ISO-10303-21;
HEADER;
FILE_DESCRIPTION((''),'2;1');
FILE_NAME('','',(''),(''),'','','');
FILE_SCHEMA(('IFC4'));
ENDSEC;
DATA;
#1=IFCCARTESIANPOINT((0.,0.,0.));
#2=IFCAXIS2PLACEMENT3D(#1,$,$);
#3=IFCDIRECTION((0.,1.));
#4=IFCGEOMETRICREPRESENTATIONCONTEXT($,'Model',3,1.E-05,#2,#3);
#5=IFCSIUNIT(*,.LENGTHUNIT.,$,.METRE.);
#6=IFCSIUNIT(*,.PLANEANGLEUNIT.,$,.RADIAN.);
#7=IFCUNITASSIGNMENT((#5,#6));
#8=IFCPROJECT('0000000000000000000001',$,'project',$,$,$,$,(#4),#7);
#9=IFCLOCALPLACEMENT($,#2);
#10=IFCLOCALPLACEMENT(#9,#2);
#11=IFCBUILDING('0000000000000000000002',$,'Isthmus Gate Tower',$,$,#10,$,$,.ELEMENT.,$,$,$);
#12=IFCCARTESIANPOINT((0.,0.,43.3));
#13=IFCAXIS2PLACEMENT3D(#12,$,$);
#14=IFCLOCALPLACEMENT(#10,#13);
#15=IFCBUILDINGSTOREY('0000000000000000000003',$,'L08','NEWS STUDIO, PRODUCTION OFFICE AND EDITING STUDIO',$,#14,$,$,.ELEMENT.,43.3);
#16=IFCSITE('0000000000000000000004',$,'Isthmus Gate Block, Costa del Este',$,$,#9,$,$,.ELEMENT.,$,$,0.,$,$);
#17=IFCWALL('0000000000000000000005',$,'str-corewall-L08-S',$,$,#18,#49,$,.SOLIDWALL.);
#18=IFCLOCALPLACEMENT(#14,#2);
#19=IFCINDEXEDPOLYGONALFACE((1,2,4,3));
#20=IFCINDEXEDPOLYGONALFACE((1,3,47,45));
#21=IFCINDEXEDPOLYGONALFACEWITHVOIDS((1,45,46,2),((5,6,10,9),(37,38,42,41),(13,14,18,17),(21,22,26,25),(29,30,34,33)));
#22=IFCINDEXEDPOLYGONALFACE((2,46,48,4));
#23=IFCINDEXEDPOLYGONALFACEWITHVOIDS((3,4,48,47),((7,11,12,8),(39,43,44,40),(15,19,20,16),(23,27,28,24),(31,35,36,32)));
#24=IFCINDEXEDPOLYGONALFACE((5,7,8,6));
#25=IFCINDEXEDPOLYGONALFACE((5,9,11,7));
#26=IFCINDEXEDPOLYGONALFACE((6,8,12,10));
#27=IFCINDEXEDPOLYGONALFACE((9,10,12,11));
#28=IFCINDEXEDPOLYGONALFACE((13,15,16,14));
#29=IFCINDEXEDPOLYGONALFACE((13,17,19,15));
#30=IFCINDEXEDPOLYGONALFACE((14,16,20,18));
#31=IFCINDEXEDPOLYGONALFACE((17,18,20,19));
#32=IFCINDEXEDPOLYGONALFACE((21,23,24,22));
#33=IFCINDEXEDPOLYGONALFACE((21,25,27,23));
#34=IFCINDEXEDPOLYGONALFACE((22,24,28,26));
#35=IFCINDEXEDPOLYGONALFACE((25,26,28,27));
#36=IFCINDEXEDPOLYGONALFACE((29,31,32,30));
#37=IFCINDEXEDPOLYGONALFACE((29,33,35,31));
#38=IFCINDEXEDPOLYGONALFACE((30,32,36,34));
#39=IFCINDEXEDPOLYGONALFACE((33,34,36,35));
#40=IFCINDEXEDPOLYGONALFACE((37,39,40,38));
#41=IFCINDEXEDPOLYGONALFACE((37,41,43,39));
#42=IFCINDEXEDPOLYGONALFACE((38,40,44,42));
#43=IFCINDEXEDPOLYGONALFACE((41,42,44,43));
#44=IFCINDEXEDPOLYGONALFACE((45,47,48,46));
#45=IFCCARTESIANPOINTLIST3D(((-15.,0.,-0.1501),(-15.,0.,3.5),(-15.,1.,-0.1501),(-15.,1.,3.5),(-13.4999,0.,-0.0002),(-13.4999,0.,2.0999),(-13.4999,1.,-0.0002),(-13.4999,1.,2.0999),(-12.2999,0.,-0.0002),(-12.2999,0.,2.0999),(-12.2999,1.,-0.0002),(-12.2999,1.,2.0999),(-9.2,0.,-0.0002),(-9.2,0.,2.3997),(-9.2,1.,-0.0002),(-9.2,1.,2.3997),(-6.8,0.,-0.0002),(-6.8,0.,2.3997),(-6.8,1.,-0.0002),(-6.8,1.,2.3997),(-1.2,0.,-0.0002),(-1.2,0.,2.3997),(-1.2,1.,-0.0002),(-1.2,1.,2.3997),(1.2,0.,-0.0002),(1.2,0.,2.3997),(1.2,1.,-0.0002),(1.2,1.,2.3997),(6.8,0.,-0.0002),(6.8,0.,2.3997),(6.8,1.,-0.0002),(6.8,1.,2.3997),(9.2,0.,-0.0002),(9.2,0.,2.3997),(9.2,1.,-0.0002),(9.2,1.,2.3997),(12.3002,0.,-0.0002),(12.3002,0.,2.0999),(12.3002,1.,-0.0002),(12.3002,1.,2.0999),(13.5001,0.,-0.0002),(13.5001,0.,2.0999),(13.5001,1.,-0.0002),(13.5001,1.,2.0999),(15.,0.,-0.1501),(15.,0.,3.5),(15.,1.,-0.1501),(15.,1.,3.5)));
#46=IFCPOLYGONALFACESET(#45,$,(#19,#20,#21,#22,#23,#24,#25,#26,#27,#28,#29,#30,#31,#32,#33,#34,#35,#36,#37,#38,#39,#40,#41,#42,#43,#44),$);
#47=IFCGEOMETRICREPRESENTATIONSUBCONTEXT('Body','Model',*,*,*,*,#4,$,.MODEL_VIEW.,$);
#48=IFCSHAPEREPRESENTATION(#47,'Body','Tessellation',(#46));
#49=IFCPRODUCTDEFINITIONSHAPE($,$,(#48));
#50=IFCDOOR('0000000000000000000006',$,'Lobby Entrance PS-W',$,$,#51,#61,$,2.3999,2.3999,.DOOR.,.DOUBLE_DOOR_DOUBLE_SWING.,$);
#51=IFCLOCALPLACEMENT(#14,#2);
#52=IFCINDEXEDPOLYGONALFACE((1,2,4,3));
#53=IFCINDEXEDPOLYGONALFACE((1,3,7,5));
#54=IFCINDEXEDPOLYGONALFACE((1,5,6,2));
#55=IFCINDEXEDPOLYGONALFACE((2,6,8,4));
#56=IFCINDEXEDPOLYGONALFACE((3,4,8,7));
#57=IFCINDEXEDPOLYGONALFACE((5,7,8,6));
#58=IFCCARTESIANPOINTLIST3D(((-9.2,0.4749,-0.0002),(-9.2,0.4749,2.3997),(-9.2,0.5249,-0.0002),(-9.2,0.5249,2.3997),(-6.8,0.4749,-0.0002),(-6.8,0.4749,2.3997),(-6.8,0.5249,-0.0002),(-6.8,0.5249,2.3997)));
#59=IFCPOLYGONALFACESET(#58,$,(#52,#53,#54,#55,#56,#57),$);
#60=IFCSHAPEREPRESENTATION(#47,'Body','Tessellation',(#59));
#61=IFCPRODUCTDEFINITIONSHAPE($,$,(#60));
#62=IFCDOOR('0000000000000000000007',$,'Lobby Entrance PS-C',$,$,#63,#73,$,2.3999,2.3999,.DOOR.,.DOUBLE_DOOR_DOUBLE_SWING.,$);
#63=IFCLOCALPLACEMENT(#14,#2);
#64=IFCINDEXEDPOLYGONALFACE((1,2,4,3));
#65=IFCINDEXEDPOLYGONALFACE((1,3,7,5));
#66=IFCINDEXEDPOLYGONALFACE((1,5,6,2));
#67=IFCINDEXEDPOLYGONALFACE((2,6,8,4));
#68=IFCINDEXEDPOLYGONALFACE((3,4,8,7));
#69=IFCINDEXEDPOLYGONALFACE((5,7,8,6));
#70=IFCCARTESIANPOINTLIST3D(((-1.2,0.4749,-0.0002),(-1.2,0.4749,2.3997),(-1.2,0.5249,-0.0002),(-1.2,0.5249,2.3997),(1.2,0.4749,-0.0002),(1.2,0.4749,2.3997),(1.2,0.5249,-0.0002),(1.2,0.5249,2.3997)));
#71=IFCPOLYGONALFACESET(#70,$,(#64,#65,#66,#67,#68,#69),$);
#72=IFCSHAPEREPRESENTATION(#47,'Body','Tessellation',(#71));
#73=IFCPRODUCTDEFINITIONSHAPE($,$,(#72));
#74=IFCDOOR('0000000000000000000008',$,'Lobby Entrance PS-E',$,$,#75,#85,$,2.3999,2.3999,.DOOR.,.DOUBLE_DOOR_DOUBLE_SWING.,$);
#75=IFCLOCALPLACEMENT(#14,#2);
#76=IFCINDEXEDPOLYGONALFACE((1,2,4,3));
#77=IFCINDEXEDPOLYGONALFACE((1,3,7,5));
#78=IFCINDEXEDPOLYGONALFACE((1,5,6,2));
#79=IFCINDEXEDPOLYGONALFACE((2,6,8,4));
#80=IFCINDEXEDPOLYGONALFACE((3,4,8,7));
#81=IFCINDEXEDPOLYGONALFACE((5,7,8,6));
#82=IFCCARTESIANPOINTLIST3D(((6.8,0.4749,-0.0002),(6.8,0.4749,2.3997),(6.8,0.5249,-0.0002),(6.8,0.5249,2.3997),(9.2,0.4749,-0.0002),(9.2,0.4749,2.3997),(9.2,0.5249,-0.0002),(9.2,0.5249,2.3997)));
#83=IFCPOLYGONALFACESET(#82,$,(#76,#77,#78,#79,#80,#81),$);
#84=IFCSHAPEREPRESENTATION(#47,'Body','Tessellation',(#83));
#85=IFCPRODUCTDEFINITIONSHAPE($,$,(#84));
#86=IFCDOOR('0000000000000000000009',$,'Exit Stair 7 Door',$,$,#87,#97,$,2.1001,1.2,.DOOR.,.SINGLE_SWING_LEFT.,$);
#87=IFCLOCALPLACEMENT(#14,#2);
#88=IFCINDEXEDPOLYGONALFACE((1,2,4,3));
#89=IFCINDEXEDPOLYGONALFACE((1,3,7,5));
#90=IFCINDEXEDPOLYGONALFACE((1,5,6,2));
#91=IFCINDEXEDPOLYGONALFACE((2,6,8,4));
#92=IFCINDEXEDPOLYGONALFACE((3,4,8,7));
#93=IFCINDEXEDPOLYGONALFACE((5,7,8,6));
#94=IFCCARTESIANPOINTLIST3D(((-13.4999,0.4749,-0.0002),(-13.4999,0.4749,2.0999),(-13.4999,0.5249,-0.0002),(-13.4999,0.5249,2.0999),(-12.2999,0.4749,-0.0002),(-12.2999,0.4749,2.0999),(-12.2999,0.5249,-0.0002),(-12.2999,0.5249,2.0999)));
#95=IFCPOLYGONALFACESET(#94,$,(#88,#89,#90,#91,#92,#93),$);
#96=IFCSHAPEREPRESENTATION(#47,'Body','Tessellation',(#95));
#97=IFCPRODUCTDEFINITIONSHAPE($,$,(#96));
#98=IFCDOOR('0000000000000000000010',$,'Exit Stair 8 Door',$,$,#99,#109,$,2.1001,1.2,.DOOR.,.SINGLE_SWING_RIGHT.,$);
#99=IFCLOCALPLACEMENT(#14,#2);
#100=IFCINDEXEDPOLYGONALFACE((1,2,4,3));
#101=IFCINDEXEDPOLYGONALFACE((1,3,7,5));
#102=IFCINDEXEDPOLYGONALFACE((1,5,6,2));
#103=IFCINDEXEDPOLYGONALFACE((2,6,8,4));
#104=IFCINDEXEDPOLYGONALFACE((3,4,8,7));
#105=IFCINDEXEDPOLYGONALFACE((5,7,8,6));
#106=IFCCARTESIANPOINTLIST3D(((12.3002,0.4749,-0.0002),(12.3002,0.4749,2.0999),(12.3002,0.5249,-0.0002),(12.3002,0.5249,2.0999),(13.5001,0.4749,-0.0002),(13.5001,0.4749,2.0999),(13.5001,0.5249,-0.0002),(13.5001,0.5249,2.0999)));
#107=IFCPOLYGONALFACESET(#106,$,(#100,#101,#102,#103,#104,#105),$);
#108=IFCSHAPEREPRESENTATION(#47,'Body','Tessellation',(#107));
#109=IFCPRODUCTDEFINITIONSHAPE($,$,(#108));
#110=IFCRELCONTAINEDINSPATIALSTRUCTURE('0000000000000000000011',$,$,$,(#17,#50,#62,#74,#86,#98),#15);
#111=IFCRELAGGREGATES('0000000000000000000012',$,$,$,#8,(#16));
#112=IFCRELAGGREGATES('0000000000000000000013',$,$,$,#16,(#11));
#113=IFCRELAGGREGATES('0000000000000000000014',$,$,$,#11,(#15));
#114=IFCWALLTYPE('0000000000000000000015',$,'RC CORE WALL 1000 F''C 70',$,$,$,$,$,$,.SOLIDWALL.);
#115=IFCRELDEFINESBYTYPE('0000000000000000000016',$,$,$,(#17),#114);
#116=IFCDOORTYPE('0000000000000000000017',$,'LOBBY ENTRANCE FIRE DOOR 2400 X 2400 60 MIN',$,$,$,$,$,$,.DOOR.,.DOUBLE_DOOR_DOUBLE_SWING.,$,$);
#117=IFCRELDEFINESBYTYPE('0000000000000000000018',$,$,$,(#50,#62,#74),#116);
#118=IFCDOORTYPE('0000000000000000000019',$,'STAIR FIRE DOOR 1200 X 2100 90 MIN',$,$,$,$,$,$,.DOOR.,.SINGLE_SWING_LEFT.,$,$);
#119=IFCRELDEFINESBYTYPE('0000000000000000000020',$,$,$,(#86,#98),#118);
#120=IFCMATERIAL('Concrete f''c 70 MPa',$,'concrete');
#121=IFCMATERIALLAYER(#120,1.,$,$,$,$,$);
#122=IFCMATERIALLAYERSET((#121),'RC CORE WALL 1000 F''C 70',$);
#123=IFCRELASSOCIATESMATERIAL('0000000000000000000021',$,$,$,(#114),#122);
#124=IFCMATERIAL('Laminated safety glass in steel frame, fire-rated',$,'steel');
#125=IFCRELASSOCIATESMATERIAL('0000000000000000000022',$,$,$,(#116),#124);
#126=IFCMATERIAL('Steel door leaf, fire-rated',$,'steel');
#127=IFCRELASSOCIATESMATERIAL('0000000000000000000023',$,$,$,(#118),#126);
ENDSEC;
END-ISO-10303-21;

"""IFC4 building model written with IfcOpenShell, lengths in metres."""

from ifc_helpers import new_model, si_unit, direction, frame, frame_2d, origin, place, context, subcontext, project, spatial, rectangle, extrude, material, layer, layer_set, type_object, element, fill, save


model = new_model("IFC4")

# Units and contexts
model_context = context("Model", 3, precision=1e-05, world=origin(), true_north=direction((0.0, 1.0)))
body_context = subcontext(model_context, "Body", "Model", "MODEL_VIEW")
ifc_project = project(units=[si_unit("LENGTHUNIT", "METRE"), si_unit("PLANEANGLEUNIT", "RADIAN")], contexts=[model_context])

# Site, building, storey
site_placement = place(None, origin())
site = spatial("IfcSite", under=ifc_project, at=site_placement, Name="Isthmus Gate Block, Costa del Este", CompositionType="ELEMENT", RefElevation=0.0)
building_placement = place(site_placement, origin())
building = spatial("IfcBuilding", under=site, at=building_placement, Name="Isthmus Gate Tower", CompositionType="ELEMENT")
storey_placement = place(building_placement, frame((0.0, 0.0, 43.3)))
storey = spatial("IfcBuildingStorey", under=building, at=storey_placement, Name="L08", Description="NEWS STUDIO, PRODUCTION OFFICE AND EDITING STUDIO", CompositionType="ELEMENT", Elevation=43.3)

# Wall, openings, doors
ifc_material_1 = material(Name="Concrete f'c 70 MPa", Category="concrete")
ifc_layer_1 = layer(ifc_material_1, 1.0)
ifc_layer_set_1 = layer_set([ifc_layer_1], Name="RC CORE WALL 1000 F'C 70")
wall_type_1 = type_object("IfcWallType", Name="RC CORE WALL 1000 F'C 70", PredefinedType="SOLIDWALL", material=ifc_layer_set_1)
wall_1_placement = place(storey_placement, frame((-15.0, 0.5, -0.1501), z_axis=(0.0, 0.0, 1.0), x_axis=(1.0, 0.0, 0.0)))
wall_1 = element("IfcWall", 1, at=wall_1_placement, inside=storey, type_object=wall_type_1, Name="str-corewall-L08-S", PredefinedType="SOLIDWALL", context=body_context, shape_type="SweptSolid", body=[
    extrude(rectangle(XDim=30.0, YDim=1.0, at=frame_2d((15.0, 0.0))), origin(), (0.0, 0.0, 1.0), 3.6501),
])
opening_1_placement = place(wall_1_placement, frame((5.8, 0.0, 0.1499)))
opening_1 = element("IfcOpeningElement", 2, at=opening_1_placement, cuts=wall_1, PredefinedType="OPENING", context=body_context, shape_type="SweptSolid", body=[
    extrude(rectangle(XDim=2.3999, YDim=2.3999, at=frame_2d((1.2, 1.2))), frame((0.0, 0.51, 0.0), z_axis=(0.0, -1.0, 0.0), x_axis=(1.0, 0.0, 0.0)), (0.0, 0.0, 1.0), 1.02),
])
opening_2_placement = place(wall_1_placement, frame((13.8, 0.0, 0.1499)))
opening_2 = element("IfcOpeningElement", 3, at=opening_2_placement, cuts=wall_1, PredefinedType="OPENING", context=body_context, shape_type="SweptSolid", body=[
    extrude(rectangle(XDim=2.3999, YDim=2.3999, at=frame_2d((1.2, 1.2))), frame((0.0, 0.51, 0.0), z_axis=(0.0, -1.0, 0.0), x_axis=(1.0, 0.0, 0.0)), (0.0, 0.0, 1.0), 1.02),
])
opening_3_placement = place(wall_1_placement, frame((21.8, 0.0, 0.1499)))
opening_3 = element("IfcOpeningElement", 4, at=opening_3_placement, cuts=wall_1, PredefinedType="OPENING", context=body_context, shape_type="SweptSolid", body=[
    extrude(rectangle(XDim=2.3999, YDim=2.3999, at=frame_2d((1.2, 1.2))), frame((0.0, 0.51, 0.0), z_axis=(0.0, -1.0, 0.0), x_axis=(1.0, 0.0, 0.0)), (0.0, 0.0, 1.0), 1.02),
])
opening_4_placement = place(wall_1_placement, frame((1.5, 0.0, 0.1499)))
opening_4 = element("IfcOpeningElement", 5, at=opening_4_placement, cuts=wall_1, PredefinedType="OPENING", context=body_context, shape_type="SweptSolid", body=[
    extrude(rectangle(XDim=1.2, YDim=2.1001, at=frame_2d((0.6001, 1.05))), frame((0.0, 0.51, 0.0), z_axis=(0.0, -1.0, 0.0), x_axis=(1.0, 0.0, 0.0)), (0.0, 0.0, 1.0), 1.02),
])
opening_5_placement = place(wall_1_placement, frame((27.3, 0.0, 0.1499)))
opening_5 = element("IfcOpeningElement", 6, at=opening_5_placement, cuts=wall_1, PredefinedType="OPENING", context=body_context, shape_type="SweptSolid", body=[
    extrude(rectangle(XDim=1.2, YDim=2.1001, at=frame_2d((0.6001, 1.05))), frame((0.0, 0.51, 0.0), z_axis=(0.0, -1.0, 0.0), x_axis=(1.0, 0.0, 0.0)), (0.0, 0.0, 1.0), 1.02),
])
ifc_material_2 = material(Name="Laminated safety glass in steel frame, fire-rated", Category="steel")
door_type_1 = type_object("IfcDoorType", Name="LOBBY ENTRANCE FIRE DOOR 2400 X 2400 60 MIN", OperationType="DOUBLE_DOOR_DOUBLE_SWING", PredefinedType="DOOR", material=ifc_material_2)
door_1_placement = place(opening_1_placement, origin())
door_1 = element("IfcDoor", 7, at=door_1_placement, inside=storey, type_object=door_type_1, Name="Lobby Entrance PS-W", OperationType="DOUBLE_DOOR_DOUBLE_SWING", OverallHeight=2.3999, OverallWidth=2.3999, PredefinedType="DOOR", context=body_context, shape_type="SweptSolid", body=[
    extrude(rectangle(XDim=2.3999, YDim=2.3999, at=frame_2d((1.2, 1.2))), frame((0.0, 0.0249, 0.0), z_axis=(0.0, -1.0, 0.0), x_axis=(1.0, 0.0, 0.0)), (0.0, 0.0, 1.0), 0.05),
])
fill(opening_1, door_1)
door_2_placement = place(opening_2_placement, origin())
door_2 = element("IfcDoor", 8, at=door_2_placement, inside=storey, type_object=door_type_1, Name="Lobby Entrance PS-C", OperationType="DOUBLE_DOOR_DOUBLE_SWING", OverallHeight=2.3999, OverallWidth=2.3999, PredefinedType="DOOR", context=body_context, shape_type="SweptSolid", body=[
    extrude(rectangle(XDim=2.3999, YDim=2.3999, at=frame_2d((1.2, 1.2))), frame((0.0, 0.0249, 0.0), z_axis=(0.0, -1.0, 0.0), x_axis=(1.0, 0.0, 0.0)), (0.0, 0.0, 1.0), 0.05),
])
fill(opening_2, door_2)
door_3_placement = place(opening_3_placement, origin())
door_3 = element("IfcDoor", 9, at=door_3_placement, inside=storey, type_object=door_type_1, Name="Lobby Entrance PS-E", OperationType="DOUBLE_DOOR_DOUBLE_SWING", OverallHeight=2.3999, OverallWidth=2.3999, PredefinedType="DOOR", context=body_context, shape_type="SweptSolid", body=[
    extrude(rectangle(XDim=2.3999, YDim=2.3999, at=frame_2d((1.2, 1.2))), frame((0.0, 0.0249, 0.0), z_axis=(0.0, -1.0, 0.0), x_axis=(1.0, 0.0, 0.0)), (0.0, 0.0, 1.0), 0.05),
])
fill(opening_3, door_3)
ifc_material_3 = material(Name="Steel door leaf, fire-rated", Category="steel")
door_type_2 = type_object("IfcDoorType", Name="STAIR FIRE DOOR 1200 X 2100 90 MIN", OperationType="SINGLE_SWING_LEFT", PredefinedType="DOOR", material=ifc_material_3)
door_4_placement = place(opening_4_placement, origin())
door_4 = element("IfcDoor", 10, at=door_4_placement, inside=storey, type_object=door_type_2, Name="Exit Stair 7 Door", OperationType="SINGLE_SWING_LEFT", OverallHeight=2.1001, OverallWidth=1.2, PredefinedType="DOOR", context=body_context, shape_type="SweptSolid", body=[
    extrude(rectangle(XDim=1.2, YDim=2.1001, at=frame_2d((0.6001, 1.05))), frame((0.0, 0.0249, 0.0), z_axis=(0.0, -1.0, 0.0), x_axis=(1.0, 0.0, 0.0)), (0.0, 0.0, 1.0), 0.05),
])
fill(opening_4, door_4)
door_5_placement = place(opening_5_placement, origin())
door_5 = element("IfcDoor", 11, at=door_5_placement, inside=storey, type_object=door_type_2, Name="Exit Stair 8 Door", OperationType="SINGLE_SWING_RIGHT", OverallHeight=2.1001, OverallWidth=1.2, PredefinedType="DOOR", context=body_context, shape_type="SweptSolid", body=[
    extrude(rectangle(XDim=1.2, YDim=2.1001, at=frame_2d((0.6001, 1.05))), frame((0.0, 0.0249, 0.0), z_axis=(0.0, -1.0, 0.0), x_axis=(1.0, 0.0, 0.0)), (0.0, 0.0, 1.0), 0.05),
])
fill(opening_5, door_5)

save(model, "model.ifc")
